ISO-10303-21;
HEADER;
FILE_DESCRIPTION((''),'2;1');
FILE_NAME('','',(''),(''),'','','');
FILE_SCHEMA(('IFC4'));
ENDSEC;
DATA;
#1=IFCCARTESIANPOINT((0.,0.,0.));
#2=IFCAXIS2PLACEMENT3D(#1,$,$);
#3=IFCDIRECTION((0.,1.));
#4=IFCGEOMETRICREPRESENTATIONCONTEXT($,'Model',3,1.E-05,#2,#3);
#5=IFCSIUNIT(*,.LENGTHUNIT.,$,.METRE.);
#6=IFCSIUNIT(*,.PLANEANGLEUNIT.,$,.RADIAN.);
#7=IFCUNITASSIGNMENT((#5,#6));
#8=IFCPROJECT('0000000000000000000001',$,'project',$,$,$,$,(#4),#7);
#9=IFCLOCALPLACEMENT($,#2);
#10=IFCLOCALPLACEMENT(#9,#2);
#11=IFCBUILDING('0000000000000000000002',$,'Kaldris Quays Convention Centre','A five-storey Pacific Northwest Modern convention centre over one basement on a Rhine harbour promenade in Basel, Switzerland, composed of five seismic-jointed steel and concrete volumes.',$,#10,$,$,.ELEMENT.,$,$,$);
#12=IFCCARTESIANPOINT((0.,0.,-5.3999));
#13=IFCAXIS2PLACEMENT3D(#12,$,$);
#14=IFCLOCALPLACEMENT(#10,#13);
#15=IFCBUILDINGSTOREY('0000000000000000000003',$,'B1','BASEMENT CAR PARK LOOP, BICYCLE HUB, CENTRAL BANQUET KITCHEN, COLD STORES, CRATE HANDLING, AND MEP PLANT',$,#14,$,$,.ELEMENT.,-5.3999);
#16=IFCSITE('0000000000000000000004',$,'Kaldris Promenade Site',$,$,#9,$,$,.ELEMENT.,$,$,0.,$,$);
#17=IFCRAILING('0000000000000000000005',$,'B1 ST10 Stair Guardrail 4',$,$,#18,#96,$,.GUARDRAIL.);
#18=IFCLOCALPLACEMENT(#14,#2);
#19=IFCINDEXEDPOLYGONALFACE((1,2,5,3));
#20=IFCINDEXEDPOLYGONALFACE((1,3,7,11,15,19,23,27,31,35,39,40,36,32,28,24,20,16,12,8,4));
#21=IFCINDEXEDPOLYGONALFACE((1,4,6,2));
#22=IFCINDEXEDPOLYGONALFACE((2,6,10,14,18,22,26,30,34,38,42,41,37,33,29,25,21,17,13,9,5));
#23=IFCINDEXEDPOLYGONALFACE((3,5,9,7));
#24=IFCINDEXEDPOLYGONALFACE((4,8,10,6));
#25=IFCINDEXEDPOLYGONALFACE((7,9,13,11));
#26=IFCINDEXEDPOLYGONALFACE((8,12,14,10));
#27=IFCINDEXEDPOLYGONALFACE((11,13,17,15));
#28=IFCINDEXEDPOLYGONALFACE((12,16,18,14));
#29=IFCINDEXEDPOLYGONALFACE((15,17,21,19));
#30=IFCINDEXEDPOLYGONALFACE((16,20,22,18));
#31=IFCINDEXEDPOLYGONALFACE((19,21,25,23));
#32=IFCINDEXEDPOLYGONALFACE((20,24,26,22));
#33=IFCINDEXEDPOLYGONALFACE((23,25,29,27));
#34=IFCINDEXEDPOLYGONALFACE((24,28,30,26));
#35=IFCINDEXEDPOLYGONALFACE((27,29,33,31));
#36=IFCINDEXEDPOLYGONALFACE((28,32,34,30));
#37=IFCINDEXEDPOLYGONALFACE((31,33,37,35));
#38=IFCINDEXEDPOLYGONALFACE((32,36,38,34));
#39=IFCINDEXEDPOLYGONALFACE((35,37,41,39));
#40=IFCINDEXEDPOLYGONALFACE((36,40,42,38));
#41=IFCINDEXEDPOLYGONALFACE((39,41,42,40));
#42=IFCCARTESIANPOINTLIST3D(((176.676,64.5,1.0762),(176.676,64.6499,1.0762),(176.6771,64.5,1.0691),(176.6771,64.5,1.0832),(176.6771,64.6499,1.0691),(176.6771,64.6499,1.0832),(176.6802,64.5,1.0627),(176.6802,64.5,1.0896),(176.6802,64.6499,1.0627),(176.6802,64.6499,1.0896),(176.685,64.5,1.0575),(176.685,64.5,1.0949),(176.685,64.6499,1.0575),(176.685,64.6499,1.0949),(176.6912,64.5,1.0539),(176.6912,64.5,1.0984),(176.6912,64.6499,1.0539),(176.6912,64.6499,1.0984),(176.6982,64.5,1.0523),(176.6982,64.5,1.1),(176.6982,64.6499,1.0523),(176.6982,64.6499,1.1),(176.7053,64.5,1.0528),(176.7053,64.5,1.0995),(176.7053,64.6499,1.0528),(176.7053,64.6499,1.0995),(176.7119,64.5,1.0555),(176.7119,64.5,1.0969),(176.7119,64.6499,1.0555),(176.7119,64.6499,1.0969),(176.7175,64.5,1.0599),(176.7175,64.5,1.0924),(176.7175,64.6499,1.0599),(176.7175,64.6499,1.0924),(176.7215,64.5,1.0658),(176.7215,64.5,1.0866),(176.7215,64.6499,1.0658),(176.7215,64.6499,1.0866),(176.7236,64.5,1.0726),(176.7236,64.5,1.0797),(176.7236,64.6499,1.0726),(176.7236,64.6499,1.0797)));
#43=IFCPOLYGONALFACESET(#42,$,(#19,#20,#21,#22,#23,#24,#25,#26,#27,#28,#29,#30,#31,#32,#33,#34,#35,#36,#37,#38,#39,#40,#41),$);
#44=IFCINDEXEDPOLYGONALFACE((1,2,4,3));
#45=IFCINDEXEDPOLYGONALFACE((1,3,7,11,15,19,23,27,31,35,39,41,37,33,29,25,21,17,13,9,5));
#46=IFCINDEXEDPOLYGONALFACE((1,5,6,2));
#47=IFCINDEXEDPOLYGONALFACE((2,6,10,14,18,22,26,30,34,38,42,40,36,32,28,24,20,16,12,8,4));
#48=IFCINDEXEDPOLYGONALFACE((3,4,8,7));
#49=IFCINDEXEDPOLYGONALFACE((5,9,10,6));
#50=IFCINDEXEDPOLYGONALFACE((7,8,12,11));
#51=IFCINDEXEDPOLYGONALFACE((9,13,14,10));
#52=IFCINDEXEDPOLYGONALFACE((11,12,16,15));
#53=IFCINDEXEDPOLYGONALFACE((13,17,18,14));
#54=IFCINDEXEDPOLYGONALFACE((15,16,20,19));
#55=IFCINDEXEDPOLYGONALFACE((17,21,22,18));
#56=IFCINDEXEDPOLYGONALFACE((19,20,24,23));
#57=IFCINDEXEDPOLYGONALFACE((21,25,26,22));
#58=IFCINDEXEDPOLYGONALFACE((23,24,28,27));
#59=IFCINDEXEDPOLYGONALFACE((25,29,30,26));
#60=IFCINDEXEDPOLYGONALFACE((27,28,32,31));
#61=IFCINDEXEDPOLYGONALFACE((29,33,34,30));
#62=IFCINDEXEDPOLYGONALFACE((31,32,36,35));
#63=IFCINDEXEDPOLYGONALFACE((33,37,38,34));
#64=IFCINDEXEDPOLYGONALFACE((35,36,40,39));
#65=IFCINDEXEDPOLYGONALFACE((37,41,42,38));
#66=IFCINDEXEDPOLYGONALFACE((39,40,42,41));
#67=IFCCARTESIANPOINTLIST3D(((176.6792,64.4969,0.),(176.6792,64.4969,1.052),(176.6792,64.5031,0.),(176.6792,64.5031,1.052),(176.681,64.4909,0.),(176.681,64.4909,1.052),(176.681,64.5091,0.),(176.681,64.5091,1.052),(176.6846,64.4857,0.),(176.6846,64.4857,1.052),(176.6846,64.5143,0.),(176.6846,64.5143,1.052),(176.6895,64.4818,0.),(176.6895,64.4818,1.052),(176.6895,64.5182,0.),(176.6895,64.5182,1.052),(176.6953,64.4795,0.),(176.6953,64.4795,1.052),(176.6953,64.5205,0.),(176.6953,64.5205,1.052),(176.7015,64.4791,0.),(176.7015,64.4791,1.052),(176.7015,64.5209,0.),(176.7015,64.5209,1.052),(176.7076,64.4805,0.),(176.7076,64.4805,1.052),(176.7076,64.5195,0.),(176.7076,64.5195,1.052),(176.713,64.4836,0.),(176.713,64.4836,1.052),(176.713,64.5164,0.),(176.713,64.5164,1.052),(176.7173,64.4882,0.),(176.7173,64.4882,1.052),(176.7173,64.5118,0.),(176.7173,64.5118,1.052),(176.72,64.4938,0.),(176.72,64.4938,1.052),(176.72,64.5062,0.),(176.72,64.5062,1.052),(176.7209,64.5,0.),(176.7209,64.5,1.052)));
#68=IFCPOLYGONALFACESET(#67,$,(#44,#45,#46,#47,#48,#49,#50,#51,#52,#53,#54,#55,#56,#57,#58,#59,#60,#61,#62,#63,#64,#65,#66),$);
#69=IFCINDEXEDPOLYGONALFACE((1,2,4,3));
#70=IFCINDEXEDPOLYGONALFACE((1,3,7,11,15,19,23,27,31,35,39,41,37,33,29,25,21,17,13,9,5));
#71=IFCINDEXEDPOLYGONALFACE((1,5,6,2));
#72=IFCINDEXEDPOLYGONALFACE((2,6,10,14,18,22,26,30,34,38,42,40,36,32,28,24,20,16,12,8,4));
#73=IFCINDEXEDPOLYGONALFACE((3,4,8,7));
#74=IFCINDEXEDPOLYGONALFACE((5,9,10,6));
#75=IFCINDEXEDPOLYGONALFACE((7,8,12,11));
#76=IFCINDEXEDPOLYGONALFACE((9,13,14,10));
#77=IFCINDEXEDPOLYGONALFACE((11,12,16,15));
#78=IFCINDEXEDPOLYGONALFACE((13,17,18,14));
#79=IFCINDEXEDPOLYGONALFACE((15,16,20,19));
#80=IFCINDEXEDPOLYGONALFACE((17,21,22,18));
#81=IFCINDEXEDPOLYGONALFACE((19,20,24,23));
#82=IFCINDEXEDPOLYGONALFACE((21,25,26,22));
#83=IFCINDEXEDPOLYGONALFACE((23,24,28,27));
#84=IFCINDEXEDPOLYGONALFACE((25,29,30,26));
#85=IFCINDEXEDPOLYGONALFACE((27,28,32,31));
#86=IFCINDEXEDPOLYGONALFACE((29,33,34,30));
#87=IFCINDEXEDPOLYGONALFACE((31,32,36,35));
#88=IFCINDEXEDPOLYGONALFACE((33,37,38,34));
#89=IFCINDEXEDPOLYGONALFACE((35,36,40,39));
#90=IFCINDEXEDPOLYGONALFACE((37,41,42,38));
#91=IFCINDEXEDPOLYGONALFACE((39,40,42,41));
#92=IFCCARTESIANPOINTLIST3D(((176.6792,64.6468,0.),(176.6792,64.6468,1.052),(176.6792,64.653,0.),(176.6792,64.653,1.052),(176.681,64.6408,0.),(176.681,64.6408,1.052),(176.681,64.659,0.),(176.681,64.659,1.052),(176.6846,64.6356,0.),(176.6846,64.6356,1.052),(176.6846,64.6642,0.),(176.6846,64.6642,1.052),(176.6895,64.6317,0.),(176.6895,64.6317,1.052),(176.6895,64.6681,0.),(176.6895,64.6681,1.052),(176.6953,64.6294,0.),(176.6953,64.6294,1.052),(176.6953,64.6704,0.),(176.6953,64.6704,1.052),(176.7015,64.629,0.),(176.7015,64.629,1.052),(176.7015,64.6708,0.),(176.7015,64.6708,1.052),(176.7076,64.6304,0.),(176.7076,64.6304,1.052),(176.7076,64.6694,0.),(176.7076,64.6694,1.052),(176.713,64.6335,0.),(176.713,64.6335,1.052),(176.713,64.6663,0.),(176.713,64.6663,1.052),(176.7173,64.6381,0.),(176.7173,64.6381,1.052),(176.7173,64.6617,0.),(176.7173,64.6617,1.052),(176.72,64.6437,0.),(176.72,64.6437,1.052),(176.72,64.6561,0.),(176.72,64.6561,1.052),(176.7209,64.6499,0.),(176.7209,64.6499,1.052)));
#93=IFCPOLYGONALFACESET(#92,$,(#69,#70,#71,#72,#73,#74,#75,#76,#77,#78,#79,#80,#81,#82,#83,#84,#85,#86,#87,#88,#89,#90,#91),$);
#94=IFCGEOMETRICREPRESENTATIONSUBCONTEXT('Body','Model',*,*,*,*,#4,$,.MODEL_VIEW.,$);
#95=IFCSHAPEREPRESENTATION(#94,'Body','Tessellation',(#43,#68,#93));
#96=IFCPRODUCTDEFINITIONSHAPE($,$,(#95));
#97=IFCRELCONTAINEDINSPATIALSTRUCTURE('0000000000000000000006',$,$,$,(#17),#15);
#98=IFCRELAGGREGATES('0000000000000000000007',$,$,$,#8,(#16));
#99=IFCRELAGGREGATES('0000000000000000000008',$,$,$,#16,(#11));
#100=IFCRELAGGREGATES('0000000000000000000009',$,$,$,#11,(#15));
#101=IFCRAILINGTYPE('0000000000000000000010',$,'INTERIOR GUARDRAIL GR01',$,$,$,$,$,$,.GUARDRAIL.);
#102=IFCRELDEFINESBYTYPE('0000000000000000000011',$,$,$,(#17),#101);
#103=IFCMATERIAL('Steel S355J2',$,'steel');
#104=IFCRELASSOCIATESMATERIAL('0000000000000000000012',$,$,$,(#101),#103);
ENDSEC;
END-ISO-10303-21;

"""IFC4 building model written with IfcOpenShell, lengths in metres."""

from ifc_helpers import new_model, si_unit, direction, frame, origin, origin_2d, place, context, subcontext, project, spatial, circle, extrude, material, type_object, element, save


model = new_model("IFC4")

# Units and contexts
model_context = context("Model", 3, precision=1e-05, world=origin(), true_north=direction((0.0, 1.0)))
body_context = subcontext(model_context, "Body", "Model", "MODEL_VIEW")
ifc_project = project(units=[si_unit("LENGTHUNIT", "METRE"), si_unit("PLANEANGLEUNIT", "RADIAN")], contexts=[model_context])

# Site, building, storey
site_placement = place(None, origin())
site = spatial("IfcSite", under=ifc_project, at=site_placement, Name="Kaldris Promenade Site", CompositionType="ELEMENT", RefElevation=0.0)
building_placement = place(site_placement, origin())
building = spatial("IfcBuilding", under=site, at=building_placement, Name="Kaldris Quays Convention Centre", Description="A five-storey Pacific Northwest Modern convention centre over one basement on a Rhine harbour promenade in Basel, Switzerland, composed of five seismic-jointed steel and concrete volumes.", CompositionType="ELEMENT")
storey_placement = place(building_placement, frame((0.0, 0.0, -5.3999)))
storey = spatial("IfcBuildingStorey", under=building, at=storey_placement, Name="B1", Description="BASEMENT CAR PARK LOOP, BICYCLE HUB, CENTRAL BANQUET KITCHEN, COLD STORES, CRATE HANDLING, AND MEP PLANT", CompositionType="ELEMENT", Elevation=-5.3999)

# Shared definitions
ifc_material_1 = material(Name="Steel S355J2", Category="steel")

# Railing
railing_type_1 = type_object("IfcRailingType", Name="INTERIOR GUARDRAIL GR01", PredefinedType="GUARDRAIL", material=ifc_material_1)
railing_1_placement = place(storey_placement, frame((176.7, 64.5, 0.0)))
element("IfcRailing", 1, at=railing_1_placement, inside=storey, type_object=railing_type_1, Name="B1 ST10 Stair Guardrail 4", PredefinedType="GUARDRAIL", context=body_context, shape_type="SweptSolid", body=[
    extrude(circle(Radius=0.0239, at=origin_2d()), frame((0.0, 0.0, 1.0762), z_axis=(0.0, 1.0, 0.0), x_axis=(-1.0, 0.0, 0.0)), (0.0, 0.0, 1.0), 0.1499),
    extrude(circle(Radius=0.021, at=origin_2d()), origin(), (0.0, 0.0, 1.0), 1.052),
    extrude(circle(Radius=0.021, at=origin_2d()), frame((0.0, 0.1499, 0.0)), (0.0, 0.0, 1.0), 1.052),
])

save(model, "model.ifc")
